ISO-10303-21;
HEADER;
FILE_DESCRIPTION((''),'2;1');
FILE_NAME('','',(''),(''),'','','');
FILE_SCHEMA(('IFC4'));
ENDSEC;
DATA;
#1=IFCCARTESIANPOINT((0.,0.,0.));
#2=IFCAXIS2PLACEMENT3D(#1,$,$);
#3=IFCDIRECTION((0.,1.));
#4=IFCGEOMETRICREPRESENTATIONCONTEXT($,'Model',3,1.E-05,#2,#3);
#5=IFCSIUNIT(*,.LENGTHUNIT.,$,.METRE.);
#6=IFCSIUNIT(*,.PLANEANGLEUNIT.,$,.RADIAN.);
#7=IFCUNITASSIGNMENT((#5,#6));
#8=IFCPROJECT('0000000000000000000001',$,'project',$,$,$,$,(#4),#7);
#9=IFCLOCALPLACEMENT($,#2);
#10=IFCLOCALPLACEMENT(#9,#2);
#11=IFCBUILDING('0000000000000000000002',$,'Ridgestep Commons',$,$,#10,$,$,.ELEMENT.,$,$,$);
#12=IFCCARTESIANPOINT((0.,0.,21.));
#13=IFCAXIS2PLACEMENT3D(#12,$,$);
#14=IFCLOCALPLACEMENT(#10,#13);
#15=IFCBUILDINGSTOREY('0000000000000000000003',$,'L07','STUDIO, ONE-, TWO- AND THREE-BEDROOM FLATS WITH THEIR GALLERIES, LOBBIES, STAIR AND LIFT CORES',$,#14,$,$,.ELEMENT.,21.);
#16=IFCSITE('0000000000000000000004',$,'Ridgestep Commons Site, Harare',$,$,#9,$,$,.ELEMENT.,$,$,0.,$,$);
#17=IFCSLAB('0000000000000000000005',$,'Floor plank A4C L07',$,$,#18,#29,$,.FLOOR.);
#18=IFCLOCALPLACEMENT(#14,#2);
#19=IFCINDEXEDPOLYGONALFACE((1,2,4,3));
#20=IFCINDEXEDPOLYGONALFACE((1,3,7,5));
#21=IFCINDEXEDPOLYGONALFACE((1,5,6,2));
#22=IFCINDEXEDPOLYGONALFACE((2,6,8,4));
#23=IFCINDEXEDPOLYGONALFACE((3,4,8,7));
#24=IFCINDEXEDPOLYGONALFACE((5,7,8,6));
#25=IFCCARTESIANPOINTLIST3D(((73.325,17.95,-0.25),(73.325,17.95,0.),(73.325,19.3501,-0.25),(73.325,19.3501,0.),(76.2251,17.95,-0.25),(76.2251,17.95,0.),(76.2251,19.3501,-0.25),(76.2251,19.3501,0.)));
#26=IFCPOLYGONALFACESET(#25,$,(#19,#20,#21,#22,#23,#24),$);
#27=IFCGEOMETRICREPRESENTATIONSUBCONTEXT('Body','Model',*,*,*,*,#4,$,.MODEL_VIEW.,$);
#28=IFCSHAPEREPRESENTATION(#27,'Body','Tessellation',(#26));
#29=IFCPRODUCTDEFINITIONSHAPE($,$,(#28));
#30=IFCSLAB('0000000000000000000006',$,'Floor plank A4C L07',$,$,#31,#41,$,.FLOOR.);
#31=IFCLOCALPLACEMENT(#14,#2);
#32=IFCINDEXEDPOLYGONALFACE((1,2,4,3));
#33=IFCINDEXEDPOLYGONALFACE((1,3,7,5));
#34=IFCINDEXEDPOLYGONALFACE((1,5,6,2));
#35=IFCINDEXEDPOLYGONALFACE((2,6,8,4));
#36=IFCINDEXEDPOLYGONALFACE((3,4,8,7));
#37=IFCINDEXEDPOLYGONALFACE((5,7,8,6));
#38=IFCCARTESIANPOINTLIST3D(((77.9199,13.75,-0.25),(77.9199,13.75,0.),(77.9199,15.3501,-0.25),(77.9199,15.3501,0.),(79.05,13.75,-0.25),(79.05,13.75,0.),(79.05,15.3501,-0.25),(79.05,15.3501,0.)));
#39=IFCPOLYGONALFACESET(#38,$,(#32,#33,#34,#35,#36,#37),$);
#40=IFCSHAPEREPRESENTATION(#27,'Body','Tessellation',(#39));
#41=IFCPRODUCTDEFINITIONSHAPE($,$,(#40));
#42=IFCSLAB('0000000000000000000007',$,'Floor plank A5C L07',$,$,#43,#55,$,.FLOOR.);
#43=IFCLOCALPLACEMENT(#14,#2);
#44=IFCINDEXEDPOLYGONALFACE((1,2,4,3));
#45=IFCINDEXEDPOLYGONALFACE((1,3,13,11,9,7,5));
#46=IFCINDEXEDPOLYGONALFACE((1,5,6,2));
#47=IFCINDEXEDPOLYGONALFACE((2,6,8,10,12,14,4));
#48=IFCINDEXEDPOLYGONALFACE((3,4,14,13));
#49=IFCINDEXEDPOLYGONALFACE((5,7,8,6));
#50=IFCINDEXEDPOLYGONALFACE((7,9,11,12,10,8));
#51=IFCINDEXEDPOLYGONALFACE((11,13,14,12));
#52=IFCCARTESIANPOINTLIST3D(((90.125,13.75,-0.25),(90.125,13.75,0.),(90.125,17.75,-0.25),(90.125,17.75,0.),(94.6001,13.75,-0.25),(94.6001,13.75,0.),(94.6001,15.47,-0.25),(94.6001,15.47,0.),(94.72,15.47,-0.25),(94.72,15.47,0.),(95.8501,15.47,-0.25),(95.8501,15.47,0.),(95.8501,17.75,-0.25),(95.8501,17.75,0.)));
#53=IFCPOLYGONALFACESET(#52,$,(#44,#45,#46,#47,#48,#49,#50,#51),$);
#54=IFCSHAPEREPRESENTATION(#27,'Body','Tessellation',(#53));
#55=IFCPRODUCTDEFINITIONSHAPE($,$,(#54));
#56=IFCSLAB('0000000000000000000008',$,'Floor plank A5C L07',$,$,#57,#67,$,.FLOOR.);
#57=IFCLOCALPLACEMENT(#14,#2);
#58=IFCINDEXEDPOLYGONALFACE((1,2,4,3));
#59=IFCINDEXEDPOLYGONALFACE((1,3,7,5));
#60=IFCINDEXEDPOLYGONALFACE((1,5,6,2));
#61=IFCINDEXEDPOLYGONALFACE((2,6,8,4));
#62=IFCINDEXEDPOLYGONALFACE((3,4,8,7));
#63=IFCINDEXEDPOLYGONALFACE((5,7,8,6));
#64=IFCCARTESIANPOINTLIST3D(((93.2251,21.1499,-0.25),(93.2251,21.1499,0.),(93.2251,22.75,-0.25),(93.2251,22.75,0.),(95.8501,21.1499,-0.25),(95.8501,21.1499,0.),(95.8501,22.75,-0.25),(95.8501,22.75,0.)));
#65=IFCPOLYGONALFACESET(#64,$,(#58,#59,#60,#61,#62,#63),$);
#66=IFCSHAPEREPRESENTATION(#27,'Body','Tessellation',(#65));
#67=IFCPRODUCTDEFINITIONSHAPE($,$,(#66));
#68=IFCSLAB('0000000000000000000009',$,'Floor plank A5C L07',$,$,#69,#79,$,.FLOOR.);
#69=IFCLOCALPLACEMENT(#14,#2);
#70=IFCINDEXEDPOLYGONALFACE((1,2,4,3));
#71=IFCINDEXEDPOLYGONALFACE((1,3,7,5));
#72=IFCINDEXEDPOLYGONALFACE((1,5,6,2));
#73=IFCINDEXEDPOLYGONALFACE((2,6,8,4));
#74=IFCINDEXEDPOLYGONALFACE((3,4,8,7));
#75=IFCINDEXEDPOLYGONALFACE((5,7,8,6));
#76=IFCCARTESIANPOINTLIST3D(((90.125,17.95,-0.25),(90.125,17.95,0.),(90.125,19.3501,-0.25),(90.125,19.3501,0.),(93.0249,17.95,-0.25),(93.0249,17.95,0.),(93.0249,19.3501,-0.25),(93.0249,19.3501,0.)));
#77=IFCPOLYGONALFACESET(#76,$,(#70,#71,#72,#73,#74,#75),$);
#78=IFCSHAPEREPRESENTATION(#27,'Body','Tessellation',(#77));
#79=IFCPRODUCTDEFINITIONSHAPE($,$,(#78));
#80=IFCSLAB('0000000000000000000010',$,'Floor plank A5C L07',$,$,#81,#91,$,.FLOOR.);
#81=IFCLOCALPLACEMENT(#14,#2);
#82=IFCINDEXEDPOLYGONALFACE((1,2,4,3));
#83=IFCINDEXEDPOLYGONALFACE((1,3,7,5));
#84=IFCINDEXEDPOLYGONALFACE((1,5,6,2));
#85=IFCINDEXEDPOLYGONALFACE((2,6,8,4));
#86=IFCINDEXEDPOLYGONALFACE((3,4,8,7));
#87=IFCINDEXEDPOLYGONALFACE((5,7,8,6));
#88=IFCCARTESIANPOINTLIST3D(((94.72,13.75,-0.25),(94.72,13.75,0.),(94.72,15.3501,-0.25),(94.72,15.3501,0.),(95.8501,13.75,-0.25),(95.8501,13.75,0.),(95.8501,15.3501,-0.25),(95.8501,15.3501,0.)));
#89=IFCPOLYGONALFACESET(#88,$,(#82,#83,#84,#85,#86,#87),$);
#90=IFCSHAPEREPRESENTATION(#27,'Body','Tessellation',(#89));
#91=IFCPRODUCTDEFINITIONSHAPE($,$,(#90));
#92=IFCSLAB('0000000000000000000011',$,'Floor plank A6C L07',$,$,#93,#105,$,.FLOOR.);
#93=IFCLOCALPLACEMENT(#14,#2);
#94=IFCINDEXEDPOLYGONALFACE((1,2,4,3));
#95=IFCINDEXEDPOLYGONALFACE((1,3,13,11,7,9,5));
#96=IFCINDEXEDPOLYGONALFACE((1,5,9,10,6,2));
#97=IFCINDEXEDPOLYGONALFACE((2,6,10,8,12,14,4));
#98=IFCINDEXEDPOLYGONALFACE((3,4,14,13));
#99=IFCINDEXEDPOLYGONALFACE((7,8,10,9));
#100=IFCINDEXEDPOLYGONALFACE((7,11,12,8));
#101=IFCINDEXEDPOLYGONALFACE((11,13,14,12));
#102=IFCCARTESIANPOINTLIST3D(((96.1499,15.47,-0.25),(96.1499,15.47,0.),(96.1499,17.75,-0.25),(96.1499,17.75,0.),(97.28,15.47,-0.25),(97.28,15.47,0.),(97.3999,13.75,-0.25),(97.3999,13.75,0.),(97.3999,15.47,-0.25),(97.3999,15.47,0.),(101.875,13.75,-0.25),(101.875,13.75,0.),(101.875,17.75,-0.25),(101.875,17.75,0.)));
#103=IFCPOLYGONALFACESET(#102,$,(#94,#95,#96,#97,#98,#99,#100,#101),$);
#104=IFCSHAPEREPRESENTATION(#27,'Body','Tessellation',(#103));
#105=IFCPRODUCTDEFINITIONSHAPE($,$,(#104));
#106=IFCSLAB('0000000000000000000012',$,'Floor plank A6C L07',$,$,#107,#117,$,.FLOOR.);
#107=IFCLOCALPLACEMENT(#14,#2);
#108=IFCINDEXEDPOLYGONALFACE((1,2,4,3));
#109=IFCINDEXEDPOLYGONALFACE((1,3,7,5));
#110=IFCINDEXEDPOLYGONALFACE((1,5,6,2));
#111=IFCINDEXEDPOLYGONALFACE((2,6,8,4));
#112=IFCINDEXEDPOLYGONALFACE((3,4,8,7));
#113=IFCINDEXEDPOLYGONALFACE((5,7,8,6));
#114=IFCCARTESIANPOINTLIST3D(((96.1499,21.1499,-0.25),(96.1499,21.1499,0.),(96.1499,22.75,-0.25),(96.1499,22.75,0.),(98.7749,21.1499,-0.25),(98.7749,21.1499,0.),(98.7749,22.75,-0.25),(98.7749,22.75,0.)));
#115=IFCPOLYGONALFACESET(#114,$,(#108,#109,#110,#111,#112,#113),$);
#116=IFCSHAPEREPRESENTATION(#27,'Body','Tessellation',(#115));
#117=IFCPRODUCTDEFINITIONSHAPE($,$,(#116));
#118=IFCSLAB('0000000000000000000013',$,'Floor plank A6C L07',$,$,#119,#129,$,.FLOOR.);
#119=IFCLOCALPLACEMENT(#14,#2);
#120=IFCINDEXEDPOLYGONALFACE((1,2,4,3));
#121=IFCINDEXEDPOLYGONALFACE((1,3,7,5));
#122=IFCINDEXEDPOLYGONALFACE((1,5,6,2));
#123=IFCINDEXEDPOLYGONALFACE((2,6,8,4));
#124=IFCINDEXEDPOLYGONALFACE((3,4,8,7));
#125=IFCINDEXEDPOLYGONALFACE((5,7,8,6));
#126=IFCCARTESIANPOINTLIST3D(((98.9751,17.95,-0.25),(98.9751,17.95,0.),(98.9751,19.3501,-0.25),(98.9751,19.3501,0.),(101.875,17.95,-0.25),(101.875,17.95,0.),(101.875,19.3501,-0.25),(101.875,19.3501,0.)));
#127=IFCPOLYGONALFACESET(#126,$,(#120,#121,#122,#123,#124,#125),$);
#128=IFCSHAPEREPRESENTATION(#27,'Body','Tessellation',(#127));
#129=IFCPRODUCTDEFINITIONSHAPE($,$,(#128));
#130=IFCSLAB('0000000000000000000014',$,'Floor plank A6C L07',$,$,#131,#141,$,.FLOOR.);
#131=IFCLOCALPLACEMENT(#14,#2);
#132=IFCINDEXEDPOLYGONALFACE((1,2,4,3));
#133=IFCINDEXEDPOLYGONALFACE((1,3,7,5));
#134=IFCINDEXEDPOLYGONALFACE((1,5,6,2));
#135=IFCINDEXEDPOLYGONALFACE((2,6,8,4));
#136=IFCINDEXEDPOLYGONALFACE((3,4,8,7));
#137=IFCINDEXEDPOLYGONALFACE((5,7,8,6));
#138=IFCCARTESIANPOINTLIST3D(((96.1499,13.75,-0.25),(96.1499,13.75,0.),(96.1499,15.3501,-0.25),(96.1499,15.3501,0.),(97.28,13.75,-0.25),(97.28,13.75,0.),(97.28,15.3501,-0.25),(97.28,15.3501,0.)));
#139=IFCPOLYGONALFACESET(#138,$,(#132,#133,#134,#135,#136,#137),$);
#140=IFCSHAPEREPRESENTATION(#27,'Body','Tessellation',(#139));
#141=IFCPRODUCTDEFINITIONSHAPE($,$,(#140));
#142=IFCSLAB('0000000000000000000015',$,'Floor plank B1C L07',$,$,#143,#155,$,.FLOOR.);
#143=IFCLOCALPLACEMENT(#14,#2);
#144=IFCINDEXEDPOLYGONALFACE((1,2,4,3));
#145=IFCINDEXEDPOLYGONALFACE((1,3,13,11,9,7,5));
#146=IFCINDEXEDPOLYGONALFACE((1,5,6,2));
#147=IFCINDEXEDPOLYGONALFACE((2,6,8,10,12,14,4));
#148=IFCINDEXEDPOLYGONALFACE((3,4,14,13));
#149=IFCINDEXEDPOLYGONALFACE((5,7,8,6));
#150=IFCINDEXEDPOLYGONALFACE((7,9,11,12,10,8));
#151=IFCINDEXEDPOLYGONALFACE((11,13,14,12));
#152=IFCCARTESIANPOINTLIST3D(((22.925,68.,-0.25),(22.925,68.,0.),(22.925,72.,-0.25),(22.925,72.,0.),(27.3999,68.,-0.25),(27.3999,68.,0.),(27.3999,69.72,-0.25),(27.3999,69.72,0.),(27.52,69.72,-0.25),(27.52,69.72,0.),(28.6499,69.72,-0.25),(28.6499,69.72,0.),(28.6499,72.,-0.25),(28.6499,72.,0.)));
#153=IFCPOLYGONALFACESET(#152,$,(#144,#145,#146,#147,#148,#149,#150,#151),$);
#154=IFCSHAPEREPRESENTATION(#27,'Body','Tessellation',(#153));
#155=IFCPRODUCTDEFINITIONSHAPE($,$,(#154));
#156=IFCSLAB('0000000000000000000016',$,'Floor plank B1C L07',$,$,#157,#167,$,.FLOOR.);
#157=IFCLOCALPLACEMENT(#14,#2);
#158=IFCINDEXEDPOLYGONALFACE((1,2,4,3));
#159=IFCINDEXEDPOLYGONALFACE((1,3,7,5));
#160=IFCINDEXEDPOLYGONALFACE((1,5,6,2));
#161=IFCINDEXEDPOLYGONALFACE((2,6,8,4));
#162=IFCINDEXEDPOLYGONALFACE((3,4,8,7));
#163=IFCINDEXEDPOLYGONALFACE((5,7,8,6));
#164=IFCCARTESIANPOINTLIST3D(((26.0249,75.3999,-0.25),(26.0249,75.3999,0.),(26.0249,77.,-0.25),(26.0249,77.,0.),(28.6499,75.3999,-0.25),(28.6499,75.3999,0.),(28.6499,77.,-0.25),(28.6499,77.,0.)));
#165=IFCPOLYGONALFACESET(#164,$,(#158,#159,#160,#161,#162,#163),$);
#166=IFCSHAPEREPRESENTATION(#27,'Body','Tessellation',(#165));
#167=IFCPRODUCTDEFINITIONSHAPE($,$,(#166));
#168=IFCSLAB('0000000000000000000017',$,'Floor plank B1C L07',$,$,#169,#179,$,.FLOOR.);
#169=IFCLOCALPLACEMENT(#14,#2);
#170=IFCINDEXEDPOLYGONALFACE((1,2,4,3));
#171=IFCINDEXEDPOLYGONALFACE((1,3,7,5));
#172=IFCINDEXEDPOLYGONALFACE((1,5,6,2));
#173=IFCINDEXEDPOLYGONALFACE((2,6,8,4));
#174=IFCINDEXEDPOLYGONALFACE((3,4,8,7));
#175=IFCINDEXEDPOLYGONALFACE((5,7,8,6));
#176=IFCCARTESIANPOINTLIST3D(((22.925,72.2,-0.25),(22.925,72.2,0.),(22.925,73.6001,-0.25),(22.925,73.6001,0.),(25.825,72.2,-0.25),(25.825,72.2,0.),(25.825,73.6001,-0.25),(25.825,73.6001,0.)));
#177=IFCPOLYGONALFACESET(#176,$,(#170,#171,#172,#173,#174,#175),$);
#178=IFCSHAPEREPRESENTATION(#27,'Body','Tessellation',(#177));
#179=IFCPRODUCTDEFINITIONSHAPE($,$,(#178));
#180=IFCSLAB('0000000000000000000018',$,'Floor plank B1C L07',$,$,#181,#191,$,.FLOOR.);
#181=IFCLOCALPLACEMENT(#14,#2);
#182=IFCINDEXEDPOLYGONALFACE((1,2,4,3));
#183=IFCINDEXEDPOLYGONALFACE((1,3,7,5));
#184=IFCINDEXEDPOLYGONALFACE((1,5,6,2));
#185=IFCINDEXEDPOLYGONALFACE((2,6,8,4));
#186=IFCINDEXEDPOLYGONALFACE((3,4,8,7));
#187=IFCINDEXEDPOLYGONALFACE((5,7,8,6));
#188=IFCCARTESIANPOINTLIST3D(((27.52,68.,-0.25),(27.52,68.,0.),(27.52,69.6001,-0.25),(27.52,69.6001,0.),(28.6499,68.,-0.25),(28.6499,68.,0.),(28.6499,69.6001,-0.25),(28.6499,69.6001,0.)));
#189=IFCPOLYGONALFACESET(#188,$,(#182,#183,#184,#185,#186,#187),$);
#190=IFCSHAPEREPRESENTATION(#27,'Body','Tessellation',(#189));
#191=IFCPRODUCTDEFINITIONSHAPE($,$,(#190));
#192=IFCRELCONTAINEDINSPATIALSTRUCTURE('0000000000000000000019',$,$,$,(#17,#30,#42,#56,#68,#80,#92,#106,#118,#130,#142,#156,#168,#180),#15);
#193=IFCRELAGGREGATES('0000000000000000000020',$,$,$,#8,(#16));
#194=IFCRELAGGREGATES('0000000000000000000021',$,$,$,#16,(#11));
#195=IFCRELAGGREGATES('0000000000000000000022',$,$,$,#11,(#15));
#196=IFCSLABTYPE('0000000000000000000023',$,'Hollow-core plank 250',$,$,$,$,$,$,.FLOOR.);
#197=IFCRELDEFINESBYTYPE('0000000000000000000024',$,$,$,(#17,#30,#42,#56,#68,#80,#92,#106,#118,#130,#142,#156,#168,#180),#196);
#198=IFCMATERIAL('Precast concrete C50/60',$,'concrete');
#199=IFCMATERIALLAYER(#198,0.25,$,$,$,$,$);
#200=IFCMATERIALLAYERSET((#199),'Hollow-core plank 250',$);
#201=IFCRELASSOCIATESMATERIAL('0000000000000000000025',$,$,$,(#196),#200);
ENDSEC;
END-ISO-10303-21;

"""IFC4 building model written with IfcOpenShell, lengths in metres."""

from ifc_helpers import new_model, si_unit, direction, frame, origin, place, context, subcontext, project, spatial, polyline, outline, extrude, material, layer, layer_set, type_object, element, save


model = new_model("IFC4")

# Units and contexts
model_context = context("Model", 3, precision=1e-05, world=origin(), true_north=direction((0.0, 1.0)))
body_context = subcontext(model_context, "Body", "Model", "MODEL_VIEW")
ifc_project = project(units=[si_unit("LENGTHUNIT", "METRE"), si_unit("PLANEANGLEUNIT", "RADIAN")], contexts=[model_context])

# Site, building, storey
site_placement = place(None, origin())
site = spatial("IfcSite", under=ifc_project, at=site_placement, Name="Ridgestep Commons Site, Harare", CompositionType="ELEMENT", RefElevation=0.0)
building_placement = place(site_placement, origin())
building = spatial("IfcBuilding", under=site, at=building_placement, Name="Ridgestep Commons", CompositionType="ELEMENT")
storey_placement = place(building_placement, frame((0.0, 0.0, 21.0)))
storey = spatial("IfcBuildingStorey", under=building, at=storey_placement, Name="L07", Description="STUDIO, ONE-, TWO- AND THREE-BEDROOM FLATS WITH THEIR GALLERIES, LOBBIES, STAIR AND LIFT CORES", CompositionType="ELEMENT", Elevation=21.0)

# Slabs
ifc_material_1 = material(Name="Precast concrete C50/60", Category="concrete")
ifc_layer_1 = layer(ifc_material_1, 0.25)
ifc_layer_set_1 = layer_set([ifc_layer_1], Name="Hollow-core plank 250")
slab_type_1 = type_object("IfcSlabType", Name="Hollow-core plank 250", PredefinedType="FLOOR", material=ifc_layer_set_1)
slab_1_placement = place(storey_placement, frame((0.0, 0.0, -0.25)))
element("IfcSlab", 1, at=slab_1_placement, inside=storey, type_object=slab_type_1, Name="Floor plank A4C L07", PredefinedType="FLOOR", context=body_context, shape_type="SweptSolid", body=[
    extrude(outline(polyline([(76.2251, 17.95), (76.2251, 19.3501), (73.325, 19.3501), (73.325, 17.95), (76.2251, 17.95)])), origin(), (0.0, 0.0, 1.0), 0.25),
])
slab_2_placement = place(storey_placement, frame((0.0, 0.0, -0.25)))
element("IfcSlab", 2, at=slab_2_placement, inside=storey, type_object=slab_type_1, Name="Floor plank A4C L07", PredefinedType="FLOOR", context=body_context, shape_type="SweptSolid", body=[
    extrude(outline(polyline([(77.9199, 13.75), (79.05, 13.75), (79.05, 15.3501), (77.9199, 15.3501), (77.9199, 13.75)])), origin(), (0.0, 0.0, 1.0), 0.25),
])
slab_3_placement = place(storey_placement, frame((0.0, 0.0, -0.25)))
element("IfcSlab", 3, at=slab_3_placement, inside=storey, type_object=slab_type_1, Name="Floor plank A5C L07", PredefinedType="FLOOR", context=body_context, shape_type="SweptSolid", body=[
    extrude(outline(polyline([(94.72, 15.47), (95.8501, 15.47), (95.8501, 17.75), (90.125, 17.75), (90.125, 13.75), (94.6001, 13.75), (94.6001, 15.47), (94.72, 15.47)])), origin(), (0.0, 0.0, 1.0), 0.25),
])
slab_4_placement = place(storey_placement, frame((0.0, 0.0, -0.25)))
element("IfcSlab", 4, at=slab_4_placement, inside=storey, type_object=slab_type_1, Name="Floor plank A5C L07", PredefinedType="FLOOR", context=body_context, shape_type="SweptSolid", body=[
    extrude(outline(polyline([(95.8501, 21.1499), (95.8501, 22.75), (93.2251, 22.75), (93.2251, 21.1499), (95.8501, 21.1499)])), origin(), (0.0, 0.0, 1.0), 0.25),
])
slab_5_placement = place(storey_placement, frame((0.0, 0.0, -0.25)))
element("IfcSlab", 5, at=slab_5_placement, inside=storey, type_object=slab_type_1, Name="Floor plank A5C L07", PredefinedType="FLOOR", context=body_context, shape_type="SweptSolid", body=[
    extrude(outline(polyline([(93.0249, 17.95), (93.0249, 19.3501), (90.125, 19.3501), (90.125, 17.95), (93.0249, 17.95)])), origin(), (0.0, 0.0, 1.0), 0.25),
])
slab_6_placement = place(storey_placement, frame((0.0, 0.0, -0.25)))
element("IfcSlab", 6, at=slab_6_placement, inside=storey, type_object=slab_type_1, Name="Floor plank A5C L07", PredefinedType="FLOOR", context=body_context, shape_type="SweptSolid", body=[
    extrude(outline(polyline([(94.72, 13.75), (95.8501, 13.75), (95.8501, 15.3501), (94.72, 15.3501), (94.72, 13.75)])), origin(), (0.0, 0.0, 1.0), 0.25),
])
slab_7_placement = place(storey_placement, frame((0.0, 0.0, -0.25)))
element("IfcSlab", 7, at=slab_7_placement, inside=storey, type_object=slab_type_1, Name="Floor plank A6C L07", PredefinedType="FLOOR", context=body_context, shape_type="SweptSolid", body=[
    extrude(outline(polyline([(97.3999, 13.75), (101.875, 13.75), (101.875, 17.75), (96.1499, 17.75), (96.1499, 15.47), (97.28, 15.47), (97.3999, 15.47), (97.3999, 13.75)])), origin(), (0.0, 0.0, 1.0), 0.25),
])
slab_8_placement = place(storey_placement, frame((0.0, 0.0, -0.25)))
element("IfcSlab", 8, at=slab_8_placement, inside=storey, type_object=slab_type_1, Name="Floor plank A6C L07", PredefinedType="FLOOR", context=body_context, shape_type="SweptSolid", body=[
    extrude(outline(polyline([(98.7749, 22.75), (96.1499, 22.75), (96.1499, 21.1499), (98.7749, 21.1499), (98.7749, 22.75)])), origin(), (0.0, 0.0, 1.0), 0.25),
])
slab_9_placement = place(storey_placement, frame((0.0, 0.0, -0.25)))
element("IfcSlab", 9, at=slab_9_placement, inside=storey, type_object=slab_type_1, Name="Floor plank A6C L07", PredefinedType="FLOOR", context=body_context, shape_type="SweptSolid", body=[
    extrude(outline(polyline([(101.875, 17.95), (101.875, 19.3501), (98.9751, 19.3501), (98.9751, 17.95), (101.875, 17.95)])), origin(), (0.0, 0.0, 1.0), 0.25),
])
slab_10_placement = place(storey_placement, frame((0.0, 0.0, -0.25)))
element("IfcSlab", 10, at=slab_10_placement, inside=storey, type_object=slab_type_1, Name="Floor plank A6C L07", PredefinedType="FLOOR", context=body_context, shape_type="SweptSolid", body=[
    extrude(outline(polyline([(97.28, 15.3501), (96.1499, 15.3501), (96.1499, 13.75), (97.28, 13.75), (97.28, 15.3501)])), origin(), (0.0, 0.0, 1.0), 0.25),
])
slab_11_placement = place(storey_placement, frame((0.0, 0.0, -0.25)))
element("IfcSlab", 11, at=slab_11_placement, inside=storey, type_object=slab_type_1, Name="Floor plank B1C L07", PredefinedType="FLOOR", context=body_context, shape_type="SweptSolid", body=[
    extrude(outline(polyline([(27.52, 69.72), (28.6499, 69.72), (28.6499, 72.0), (22.925, 72.0), (22.925, 68.0), (27.3999, 68.0), (27.3999, 69.72), (27.52, 69.72)])), origin(), (0.0, 0.0, 1.0), 0.25),
])
slab_12_placement = place(storey_placement, frame((0.0, 0.0, -0.25)))
element("IfcSlab", 12, at=slab_12_placement, inside=storey, type_object=slab_type_1, Name="Floor plank B1C L07", PredefinedType="FLOOR", context=body_context, shape_type="SweptSolid", body=[
    extrude(outline(polyline([(28.6499, 75.3999), (28.6499, 77.0), (26.0249, 77.0), (26.0249, 75.3999), (28.6499, 75.3999)])), origin(), (0.0, 0.0, 1.0), 0.25),
])
slab_13_placement = place(storey_placement, frame((0.0, 0.0, -0.25)))
element("IfcSlab", 13, at=slab_13_placement, inside=storey, type_object=slab_type_1, Name="Floor plank B1C L07", PredefinedType="FLOOR", context=body_context, shape_type="SweptSolid", body=[
    extrude(outline(polyline([(25.825, 72.2), (25.825, 73.6001), (22.925, 73.6001), (22.925, 72.2), (25.825, 72.2)])), origin(), (0.0, 0.0, 1.0), 0.25),
])
slab_14_placement = place(storey_placement, frame((0.0, 0.0, -0.25)))
element("IfcSlab", 14, at=slab_14_placement, inside=storey, type_object=slab_type_1, Name="Floor plank B1C L07", PredefinedType="FLOOR", context=body_context, shape_type="SweptSolid", body=[
    extrude(outline(polyline([(27.52, 68.0), (28.6499, 68.0), (28.6499, 69.6001), (27.52, 69.6001), (27.52, 68.0)])), origin(), (0.0, 0.0, 1.0), 0.25),
])

save(model, "model.ifc")
